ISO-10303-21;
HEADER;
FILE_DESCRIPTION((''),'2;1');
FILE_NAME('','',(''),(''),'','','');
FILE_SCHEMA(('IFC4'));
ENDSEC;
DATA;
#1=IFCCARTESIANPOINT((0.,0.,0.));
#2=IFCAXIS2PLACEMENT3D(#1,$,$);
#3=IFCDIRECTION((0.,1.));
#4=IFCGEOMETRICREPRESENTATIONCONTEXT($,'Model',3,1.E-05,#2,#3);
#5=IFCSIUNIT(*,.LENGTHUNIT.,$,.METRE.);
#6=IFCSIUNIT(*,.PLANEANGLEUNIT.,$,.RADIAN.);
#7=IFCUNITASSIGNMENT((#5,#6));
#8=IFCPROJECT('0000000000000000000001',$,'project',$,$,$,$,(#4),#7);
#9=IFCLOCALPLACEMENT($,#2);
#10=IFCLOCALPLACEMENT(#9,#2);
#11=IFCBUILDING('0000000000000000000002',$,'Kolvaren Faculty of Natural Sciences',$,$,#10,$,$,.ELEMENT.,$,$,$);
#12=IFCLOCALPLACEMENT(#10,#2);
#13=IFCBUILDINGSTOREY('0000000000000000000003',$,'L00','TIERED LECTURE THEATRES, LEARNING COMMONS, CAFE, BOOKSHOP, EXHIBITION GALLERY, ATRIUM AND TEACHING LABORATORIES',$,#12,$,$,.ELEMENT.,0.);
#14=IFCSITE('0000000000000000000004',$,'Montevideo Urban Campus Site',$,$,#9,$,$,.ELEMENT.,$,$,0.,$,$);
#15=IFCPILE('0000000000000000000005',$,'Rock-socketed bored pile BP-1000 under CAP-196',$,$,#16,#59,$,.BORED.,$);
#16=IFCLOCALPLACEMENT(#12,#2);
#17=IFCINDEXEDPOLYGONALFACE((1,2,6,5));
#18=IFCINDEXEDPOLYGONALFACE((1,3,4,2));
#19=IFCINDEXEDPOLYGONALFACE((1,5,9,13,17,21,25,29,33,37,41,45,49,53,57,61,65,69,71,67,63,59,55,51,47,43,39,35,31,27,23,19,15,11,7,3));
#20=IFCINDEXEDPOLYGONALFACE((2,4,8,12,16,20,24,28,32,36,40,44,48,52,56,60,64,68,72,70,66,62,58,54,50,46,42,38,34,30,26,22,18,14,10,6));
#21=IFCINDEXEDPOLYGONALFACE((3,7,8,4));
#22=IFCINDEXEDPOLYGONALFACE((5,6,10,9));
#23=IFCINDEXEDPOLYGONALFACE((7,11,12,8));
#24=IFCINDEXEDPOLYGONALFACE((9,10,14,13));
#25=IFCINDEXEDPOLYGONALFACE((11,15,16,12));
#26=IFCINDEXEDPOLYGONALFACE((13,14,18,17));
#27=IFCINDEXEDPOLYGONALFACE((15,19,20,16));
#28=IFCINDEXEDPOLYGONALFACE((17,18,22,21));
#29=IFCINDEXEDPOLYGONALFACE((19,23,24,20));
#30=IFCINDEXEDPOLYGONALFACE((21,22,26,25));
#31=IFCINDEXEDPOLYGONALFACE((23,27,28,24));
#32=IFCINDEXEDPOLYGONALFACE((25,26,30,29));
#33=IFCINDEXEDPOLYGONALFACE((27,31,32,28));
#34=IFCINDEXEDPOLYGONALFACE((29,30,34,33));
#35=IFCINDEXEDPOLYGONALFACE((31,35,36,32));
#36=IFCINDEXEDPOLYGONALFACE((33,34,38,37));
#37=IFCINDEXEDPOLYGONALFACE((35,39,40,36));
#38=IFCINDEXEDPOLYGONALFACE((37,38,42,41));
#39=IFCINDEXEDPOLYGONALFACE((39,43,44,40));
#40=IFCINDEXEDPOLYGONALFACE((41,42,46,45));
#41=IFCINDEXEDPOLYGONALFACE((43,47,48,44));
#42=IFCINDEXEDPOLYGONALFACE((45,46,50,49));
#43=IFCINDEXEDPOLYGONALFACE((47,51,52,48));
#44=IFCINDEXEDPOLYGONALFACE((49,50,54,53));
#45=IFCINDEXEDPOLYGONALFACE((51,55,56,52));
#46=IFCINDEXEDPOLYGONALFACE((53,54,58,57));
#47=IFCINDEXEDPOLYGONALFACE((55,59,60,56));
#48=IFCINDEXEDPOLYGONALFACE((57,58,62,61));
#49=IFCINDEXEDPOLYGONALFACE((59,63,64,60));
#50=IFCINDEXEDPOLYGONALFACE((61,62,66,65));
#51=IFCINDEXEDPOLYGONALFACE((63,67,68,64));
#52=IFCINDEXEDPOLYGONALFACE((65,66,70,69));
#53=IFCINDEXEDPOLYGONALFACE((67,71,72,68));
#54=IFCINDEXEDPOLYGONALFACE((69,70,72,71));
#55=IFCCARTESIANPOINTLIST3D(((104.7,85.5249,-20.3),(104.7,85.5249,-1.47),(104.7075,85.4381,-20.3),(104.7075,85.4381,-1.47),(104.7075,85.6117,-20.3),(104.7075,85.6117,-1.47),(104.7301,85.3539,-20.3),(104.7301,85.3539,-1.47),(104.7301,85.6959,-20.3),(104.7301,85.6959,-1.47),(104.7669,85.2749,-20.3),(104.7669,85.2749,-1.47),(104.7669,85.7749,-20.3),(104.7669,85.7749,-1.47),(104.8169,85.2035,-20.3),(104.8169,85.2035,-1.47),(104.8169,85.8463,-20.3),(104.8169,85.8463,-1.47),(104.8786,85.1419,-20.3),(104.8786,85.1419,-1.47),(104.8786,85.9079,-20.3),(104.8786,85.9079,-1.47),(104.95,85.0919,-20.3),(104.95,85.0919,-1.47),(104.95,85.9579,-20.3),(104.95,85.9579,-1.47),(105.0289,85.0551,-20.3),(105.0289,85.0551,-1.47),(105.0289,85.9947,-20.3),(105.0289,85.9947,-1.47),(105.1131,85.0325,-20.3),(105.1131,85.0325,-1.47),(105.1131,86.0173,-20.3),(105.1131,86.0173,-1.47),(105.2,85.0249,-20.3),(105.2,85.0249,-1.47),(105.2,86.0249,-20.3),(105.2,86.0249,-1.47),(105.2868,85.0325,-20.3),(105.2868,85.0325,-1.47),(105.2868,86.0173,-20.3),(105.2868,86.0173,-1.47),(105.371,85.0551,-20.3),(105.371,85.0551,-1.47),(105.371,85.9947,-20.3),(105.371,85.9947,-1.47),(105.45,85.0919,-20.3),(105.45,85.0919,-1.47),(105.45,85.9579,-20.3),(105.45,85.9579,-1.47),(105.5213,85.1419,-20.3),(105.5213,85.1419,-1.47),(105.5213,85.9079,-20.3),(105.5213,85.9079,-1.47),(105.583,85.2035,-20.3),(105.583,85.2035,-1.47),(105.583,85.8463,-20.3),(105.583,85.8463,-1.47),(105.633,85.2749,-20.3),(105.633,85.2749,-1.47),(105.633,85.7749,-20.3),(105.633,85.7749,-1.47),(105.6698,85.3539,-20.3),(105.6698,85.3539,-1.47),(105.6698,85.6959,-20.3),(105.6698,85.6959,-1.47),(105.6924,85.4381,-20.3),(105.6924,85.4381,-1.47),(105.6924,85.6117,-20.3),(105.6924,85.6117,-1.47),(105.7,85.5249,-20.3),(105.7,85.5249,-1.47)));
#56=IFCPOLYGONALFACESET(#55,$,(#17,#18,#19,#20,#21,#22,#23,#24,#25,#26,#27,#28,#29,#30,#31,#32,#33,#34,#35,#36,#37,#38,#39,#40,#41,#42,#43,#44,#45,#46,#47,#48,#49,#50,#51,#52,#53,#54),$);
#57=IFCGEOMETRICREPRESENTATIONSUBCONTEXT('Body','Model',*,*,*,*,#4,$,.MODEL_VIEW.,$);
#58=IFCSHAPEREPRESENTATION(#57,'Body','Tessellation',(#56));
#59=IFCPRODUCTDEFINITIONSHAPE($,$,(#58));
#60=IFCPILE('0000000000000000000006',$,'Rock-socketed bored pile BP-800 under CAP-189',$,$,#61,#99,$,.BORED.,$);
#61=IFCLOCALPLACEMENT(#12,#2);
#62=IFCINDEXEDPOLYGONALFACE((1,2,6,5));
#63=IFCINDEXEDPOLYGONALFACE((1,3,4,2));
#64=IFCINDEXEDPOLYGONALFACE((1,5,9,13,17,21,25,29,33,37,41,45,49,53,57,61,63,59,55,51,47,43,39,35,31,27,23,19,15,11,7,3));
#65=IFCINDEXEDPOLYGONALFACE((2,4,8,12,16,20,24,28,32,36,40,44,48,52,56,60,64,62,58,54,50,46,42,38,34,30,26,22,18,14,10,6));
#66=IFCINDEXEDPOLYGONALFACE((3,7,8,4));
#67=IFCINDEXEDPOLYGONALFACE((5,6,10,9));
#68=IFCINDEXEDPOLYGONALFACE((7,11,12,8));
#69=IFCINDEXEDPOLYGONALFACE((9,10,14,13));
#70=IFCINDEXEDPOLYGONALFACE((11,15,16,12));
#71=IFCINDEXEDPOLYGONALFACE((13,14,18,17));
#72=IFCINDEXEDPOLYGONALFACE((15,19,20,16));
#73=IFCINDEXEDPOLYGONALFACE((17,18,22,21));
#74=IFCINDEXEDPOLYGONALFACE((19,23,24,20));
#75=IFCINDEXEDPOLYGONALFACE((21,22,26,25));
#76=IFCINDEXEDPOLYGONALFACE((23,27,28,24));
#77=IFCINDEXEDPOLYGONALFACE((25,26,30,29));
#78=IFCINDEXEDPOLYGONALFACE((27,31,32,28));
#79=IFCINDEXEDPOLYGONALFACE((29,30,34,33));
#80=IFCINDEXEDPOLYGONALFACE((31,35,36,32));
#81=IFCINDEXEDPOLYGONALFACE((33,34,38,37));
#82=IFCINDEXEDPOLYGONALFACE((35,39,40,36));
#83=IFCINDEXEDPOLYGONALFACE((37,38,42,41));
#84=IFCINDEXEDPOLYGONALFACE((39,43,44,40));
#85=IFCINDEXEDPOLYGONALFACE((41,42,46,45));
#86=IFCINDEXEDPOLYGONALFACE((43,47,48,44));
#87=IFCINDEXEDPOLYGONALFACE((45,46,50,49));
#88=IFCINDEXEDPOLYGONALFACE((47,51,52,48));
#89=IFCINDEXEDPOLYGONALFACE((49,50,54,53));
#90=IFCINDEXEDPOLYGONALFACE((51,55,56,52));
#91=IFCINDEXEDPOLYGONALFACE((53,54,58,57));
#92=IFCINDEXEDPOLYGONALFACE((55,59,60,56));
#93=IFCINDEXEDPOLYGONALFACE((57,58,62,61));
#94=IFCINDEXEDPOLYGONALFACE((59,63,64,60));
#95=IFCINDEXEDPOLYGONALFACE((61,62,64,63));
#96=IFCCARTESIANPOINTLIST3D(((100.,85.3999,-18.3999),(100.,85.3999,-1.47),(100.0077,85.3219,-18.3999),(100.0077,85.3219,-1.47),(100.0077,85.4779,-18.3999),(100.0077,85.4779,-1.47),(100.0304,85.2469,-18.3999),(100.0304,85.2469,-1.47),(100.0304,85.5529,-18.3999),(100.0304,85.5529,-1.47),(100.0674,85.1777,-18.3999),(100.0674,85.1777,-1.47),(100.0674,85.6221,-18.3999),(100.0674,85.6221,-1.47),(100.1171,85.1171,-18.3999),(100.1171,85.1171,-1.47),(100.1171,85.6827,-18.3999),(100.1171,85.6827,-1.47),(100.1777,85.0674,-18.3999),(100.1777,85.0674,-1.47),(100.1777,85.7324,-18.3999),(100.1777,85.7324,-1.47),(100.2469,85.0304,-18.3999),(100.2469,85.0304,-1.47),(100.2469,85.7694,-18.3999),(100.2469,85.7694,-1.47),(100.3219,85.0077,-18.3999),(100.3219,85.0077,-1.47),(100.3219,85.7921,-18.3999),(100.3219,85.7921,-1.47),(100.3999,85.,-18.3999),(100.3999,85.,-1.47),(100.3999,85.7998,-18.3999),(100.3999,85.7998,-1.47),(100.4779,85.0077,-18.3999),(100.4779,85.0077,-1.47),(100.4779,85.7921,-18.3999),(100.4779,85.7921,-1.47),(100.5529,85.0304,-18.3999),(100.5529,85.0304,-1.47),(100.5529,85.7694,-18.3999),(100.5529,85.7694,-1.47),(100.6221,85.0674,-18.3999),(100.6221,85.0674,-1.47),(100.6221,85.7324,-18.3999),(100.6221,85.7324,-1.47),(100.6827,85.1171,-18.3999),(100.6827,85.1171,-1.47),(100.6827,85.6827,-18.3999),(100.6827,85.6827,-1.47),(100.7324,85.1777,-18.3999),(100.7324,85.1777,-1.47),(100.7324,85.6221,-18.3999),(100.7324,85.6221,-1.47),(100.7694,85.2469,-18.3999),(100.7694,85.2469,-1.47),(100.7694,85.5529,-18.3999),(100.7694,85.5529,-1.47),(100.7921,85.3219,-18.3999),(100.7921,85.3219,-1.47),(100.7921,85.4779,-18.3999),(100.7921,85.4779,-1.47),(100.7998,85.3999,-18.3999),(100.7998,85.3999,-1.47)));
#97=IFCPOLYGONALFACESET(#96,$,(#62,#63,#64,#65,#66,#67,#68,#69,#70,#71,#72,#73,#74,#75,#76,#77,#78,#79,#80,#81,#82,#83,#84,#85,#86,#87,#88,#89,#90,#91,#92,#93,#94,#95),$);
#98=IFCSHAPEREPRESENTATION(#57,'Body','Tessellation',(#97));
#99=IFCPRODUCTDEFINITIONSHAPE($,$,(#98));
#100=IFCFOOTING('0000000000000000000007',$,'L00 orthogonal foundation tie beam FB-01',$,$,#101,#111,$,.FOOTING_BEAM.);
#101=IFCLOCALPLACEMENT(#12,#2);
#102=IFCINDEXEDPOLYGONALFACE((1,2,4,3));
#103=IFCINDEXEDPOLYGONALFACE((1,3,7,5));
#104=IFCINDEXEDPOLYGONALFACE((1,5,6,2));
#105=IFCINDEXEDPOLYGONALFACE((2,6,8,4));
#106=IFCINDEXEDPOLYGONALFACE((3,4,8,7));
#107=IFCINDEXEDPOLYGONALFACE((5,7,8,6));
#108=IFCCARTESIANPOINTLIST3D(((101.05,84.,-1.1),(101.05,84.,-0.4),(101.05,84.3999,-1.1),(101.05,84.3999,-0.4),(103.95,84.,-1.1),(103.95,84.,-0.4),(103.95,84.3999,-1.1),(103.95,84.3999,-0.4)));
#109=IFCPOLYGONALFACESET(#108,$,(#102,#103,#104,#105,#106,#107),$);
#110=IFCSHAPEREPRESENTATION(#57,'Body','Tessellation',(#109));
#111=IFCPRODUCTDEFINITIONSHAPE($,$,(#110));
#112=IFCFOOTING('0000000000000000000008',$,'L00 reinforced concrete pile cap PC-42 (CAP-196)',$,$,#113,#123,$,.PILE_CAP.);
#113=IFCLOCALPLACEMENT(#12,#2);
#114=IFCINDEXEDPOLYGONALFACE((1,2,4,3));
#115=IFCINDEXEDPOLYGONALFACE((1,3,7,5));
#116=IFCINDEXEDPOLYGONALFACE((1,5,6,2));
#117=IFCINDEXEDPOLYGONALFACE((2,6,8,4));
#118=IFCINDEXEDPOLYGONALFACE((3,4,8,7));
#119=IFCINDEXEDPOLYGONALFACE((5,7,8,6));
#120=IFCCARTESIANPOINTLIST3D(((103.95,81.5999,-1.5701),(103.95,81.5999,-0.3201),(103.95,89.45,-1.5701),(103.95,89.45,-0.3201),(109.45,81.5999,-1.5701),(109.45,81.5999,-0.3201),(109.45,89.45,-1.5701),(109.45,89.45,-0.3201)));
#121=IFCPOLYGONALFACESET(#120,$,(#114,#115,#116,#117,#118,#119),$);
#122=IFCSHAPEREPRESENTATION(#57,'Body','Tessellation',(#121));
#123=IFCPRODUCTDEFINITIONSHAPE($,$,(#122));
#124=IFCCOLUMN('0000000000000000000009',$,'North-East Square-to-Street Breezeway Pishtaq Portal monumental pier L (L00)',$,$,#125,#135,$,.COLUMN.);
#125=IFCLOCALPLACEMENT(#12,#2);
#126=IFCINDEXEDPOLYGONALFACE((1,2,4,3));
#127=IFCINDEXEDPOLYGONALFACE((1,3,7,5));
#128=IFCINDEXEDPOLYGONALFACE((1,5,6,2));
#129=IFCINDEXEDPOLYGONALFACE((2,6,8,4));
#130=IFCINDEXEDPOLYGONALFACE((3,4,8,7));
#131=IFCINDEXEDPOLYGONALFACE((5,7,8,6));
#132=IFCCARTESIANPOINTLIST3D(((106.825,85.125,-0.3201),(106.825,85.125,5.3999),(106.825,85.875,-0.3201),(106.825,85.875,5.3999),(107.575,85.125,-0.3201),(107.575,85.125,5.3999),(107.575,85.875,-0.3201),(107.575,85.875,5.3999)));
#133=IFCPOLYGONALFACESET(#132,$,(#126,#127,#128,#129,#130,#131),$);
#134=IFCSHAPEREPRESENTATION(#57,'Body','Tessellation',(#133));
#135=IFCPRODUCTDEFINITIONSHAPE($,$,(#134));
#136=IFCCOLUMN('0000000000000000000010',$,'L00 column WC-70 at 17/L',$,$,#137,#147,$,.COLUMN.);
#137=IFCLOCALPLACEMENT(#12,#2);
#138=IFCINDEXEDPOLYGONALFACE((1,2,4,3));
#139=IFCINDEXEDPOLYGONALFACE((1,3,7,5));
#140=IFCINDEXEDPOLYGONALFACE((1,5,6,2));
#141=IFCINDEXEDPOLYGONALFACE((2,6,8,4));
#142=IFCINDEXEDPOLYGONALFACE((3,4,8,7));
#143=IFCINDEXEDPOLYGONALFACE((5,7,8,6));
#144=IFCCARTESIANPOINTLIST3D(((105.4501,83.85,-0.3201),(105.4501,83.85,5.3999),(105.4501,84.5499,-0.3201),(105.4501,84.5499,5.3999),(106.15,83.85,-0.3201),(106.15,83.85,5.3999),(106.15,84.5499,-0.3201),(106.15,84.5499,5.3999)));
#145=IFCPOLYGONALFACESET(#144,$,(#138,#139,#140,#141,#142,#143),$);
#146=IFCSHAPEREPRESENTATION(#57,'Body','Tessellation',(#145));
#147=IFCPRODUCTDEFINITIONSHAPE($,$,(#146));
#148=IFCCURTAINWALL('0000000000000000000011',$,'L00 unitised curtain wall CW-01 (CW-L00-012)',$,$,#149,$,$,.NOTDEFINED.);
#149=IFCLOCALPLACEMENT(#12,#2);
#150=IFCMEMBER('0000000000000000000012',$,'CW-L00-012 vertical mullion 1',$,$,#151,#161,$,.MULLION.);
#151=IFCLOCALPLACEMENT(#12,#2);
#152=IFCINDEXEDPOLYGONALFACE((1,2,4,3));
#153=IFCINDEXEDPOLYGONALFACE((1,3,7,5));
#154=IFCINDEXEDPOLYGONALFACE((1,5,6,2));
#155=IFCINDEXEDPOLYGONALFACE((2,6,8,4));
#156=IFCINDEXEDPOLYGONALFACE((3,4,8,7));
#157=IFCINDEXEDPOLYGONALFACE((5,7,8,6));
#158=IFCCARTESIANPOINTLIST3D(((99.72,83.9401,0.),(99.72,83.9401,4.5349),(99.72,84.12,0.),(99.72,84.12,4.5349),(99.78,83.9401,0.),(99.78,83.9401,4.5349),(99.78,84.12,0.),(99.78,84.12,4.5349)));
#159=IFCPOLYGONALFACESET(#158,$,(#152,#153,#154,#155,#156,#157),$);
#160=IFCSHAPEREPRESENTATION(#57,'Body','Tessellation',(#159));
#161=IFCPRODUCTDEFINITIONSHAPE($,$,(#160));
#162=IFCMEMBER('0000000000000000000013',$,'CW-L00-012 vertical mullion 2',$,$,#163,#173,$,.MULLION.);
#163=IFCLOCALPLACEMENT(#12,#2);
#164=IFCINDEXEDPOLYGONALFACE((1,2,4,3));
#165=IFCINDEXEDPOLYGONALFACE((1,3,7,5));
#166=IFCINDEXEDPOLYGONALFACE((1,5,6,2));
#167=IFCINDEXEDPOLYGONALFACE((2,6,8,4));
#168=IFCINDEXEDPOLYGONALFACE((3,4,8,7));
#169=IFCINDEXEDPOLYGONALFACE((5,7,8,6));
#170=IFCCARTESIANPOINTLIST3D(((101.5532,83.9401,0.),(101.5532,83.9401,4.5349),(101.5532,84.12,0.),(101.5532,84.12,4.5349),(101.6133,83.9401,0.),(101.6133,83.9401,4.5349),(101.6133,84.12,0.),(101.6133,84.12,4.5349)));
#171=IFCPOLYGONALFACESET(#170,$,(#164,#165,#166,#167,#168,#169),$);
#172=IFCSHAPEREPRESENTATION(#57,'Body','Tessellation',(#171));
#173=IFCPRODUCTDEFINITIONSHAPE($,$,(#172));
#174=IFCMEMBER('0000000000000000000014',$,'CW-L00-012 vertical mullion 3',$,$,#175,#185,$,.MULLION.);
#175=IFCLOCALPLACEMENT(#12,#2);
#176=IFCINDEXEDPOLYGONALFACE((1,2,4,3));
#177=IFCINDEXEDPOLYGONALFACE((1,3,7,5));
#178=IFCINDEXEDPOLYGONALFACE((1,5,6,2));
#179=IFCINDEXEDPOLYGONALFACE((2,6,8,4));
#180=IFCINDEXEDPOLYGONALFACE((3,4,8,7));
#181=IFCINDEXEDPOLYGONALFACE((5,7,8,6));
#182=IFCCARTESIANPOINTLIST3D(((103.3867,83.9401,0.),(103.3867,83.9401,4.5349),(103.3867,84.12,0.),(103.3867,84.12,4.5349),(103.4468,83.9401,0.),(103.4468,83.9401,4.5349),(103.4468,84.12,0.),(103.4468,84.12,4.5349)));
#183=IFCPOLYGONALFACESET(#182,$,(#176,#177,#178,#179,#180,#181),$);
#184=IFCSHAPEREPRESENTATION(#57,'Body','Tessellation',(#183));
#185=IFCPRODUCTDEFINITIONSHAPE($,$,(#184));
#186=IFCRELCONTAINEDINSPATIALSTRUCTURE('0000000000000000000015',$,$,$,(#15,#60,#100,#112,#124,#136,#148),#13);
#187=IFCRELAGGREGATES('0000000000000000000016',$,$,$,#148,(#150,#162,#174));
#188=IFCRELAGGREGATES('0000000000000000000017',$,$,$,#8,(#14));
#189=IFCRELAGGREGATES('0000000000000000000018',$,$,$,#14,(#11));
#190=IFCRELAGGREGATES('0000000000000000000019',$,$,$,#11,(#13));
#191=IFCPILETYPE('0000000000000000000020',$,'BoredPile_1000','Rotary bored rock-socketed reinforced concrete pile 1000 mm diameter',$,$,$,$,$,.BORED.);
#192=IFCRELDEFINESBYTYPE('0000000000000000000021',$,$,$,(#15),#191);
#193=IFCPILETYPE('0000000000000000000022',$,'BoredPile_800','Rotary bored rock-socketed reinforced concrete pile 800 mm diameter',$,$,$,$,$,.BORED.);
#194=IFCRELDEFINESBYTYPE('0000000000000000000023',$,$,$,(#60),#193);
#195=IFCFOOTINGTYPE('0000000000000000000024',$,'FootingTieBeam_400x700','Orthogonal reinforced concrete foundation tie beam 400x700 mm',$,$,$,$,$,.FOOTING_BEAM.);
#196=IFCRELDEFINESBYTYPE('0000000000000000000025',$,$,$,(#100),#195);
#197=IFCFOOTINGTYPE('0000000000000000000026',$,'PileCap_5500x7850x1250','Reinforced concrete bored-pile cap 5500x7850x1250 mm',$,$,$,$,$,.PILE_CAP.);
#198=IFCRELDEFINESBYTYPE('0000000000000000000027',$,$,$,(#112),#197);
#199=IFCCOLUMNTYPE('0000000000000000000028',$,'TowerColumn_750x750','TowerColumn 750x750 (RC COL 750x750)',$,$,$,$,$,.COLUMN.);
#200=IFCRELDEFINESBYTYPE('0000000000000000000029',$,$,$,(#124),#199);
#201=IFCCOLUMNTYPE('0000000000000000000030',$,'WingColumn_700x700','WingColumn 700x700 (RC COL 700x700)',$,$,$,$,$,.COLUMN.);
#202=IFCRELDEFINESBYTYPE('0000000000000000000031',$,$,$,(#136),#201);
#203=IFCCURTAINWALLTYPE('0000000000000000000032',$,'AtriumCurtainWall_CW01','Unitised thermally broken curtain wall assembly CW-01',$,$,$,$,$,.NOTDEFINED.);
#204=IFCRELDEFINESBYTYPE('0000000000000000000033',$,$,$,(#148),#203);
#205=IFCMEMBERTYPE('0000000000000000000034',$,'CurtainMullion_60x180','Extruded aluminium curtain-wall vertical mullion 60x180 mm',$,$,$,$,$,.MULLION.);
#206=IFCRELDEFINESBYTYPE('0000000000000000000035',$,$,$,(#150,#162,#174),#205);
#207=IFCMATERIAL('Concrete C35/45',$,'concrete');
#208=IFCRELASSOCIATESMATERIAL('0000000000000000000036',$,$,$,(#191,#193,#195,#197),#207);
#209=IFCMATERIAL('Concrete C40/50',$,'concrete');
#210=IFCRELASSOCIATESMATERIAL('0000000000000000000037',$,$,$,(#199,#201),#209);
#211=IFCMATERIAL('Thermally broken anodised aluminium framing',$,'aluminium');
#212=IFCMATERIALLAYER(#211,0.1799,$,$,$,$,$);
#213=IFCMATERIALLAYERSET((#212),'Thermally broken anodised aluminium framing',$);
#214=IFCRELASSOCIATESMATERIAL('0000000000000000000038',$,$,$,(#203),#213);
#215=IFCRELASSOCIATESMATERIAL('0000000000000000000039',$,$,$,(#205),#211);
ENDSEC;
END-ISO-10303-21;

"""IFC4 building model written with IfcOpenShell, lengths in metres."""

from ifc_helpers import new_model, si_unit, direction, frame, origin, origin_2d, place, context, subcontext, project, spatial, rectangle, circle, extrude, material, layer, layer_set, material_profile, profile_set, type_object, element, aggregate, save


model = new_model("IFC4")

# Units and contexts
model_context = context("Model", 3, precision=1e-05, world=origin(), true_north=direction((0.0, 1.0)))
body_context = subcontext(model_context, "Body", "Model", "MODEL_VIEW")
ifc_project = project(units=[si_unit("LENGTHUNIT", "METRE"), si_unit("PLANEANGLEUNIT", "RADIAN")], contexts=[model_context])

# Site, building, storey
site_placement = place(None, origin())
site = spatial("IfcSite", under=ifc_project, at=site_placement, Name="Montevideo Urban Campus Site", CompositionType="ELEMENT", RefElevation=0.0)
building_placement = place(site_placement, origin())
building = spatial("IfcBuilding", under=site, at=building_placement, Name="Kolvaren Faculty of Natural Sciences", CompositionType="ELEMENT")
storey_placement = place(building_placement, origin())
storey = spatial("IfcBuildingStorey", under=building, at=storey_placement, Name="L00", Description="TIERED LECTURE THEATRES, LEARNING COMMONS, CAFE, BOOKSHOP, EXHIBITION GALLERY, ATRIUM AND TEACHING LABORATORIES", CompositionType="ELEMENT", Elevation=0.0)

# Piles
ifc_material_1 = material(Name="Concrete C35/45", Category="concrete")
ifc_material_profile_1 = material_profile(ifc_material_1, circle(Radius=0.5, at=origin_2d()), Name="PILE D1000")
ifc_profile_set_1 = profile_set([ifc_material_profile_1], Name="Concrete C35/45")
pile_type_1 = type_object("IfcPileType", Name="BoredPile_1000", Description="Rotary bored rock-socketed reinforced concrete pile 1000 mm diameter", PredefinedType="BORED", material=ifc_profile_set_1)
pile_1_placement = place(storey_placement, frame((105.2, 85.5249, -1.47), z_axis=(0.0, 0.0, -1.0), x_axis=(1.0, 0.0, 0.0)))
element("IfcPile", 1, at=pile_1_placement, inside=storey, type_object=pile_type_1, Name="Rock-socketed bored pile BP-1000 under CAP-196", PredefinedType="BORED", context=body_context, shape_type="SweptSolid", body=[
    extrude(circle(Radius=0.5, at=origin_2d()), origin(), (0.0, 0.0, 1.0), 18.8301),
])
ifc_material_profile_2 = material_profile(ifc_material_1, circle(Radius=0.3999, at=origin_2d()), Name="PILE D800")
ifc_profile_set_2 = profile_set([ifc_material_profile_2], Name="Concrete C35/45")
pile_type_2 = type_object("IfcPileType", Name="BoredPile_800", Description="Rotary bored rock-socketed reinforced concrete pile 800 mm diameter", PredefinedType="BORED", material=ifc_profile_set_2)
pile_2_placement = place(storey_placement, frame((100.3999, 85.3999, -1.47), z_axis=(0.0, 0.0, -1.0), x_axis=(1.0, 0.0, 0.0)))
element("IfcPile", 2, at=pile_2_placement, inside=storey, type_object=pile_type_2, Name="Rock-socketed bored pile BP-800 under CAP-189", PredefinedType="BORED", context=body_context, shape_type="SweptSolid", body=[
    extrude(circle(Radius=0.3999, at=origin_2d()), origin(), (0.0, 0.0, 1.0), 16.9299),
])

# Footings
ifc_material_profile_3 = material_profile(ifc_material_1, rectangle(XDim=0.3999, YDim=0.7, at=origin_2d()), Name="RC FB 400x700")
ifc_profile_set_3 = profile_set([ifc_material_profile_3], Name="Concrete C35/45")
footing_type_1 = type_object("IfcFootingType", Name="FootingTieBeam_400x700", Description="Orthogonal reinforced concrete foundation tie beam 400x700 mm", PredefinedType="FOOTING_BEAM", material=ifc_profile_set_3)
footing_1_placement = place(storey_placement, frame((101.05, 84.2, -0.75), z_axis=(1.0, 0.0, 0.0), x_axis=(0.0, 1.0, 0.0)))
element("IfcFooting", 3, at=footing_1_placement, inside=storey, type_object=footing_type_1, Name="L00 orthogonal foundation tie beam FB-01", PredefinedType="FOOTING_BEAM", context=body_context, shape_type="SweptSolid", body=[
    extrude(rectangle(XDim=0.3999, YDim=0.7, at=origin_2d()), origin(), (0.0, 0.0, 1.0), 2.8999),
])
footing_type_2 = type_object("IfcFootingType", Name="PileCap_5500x7850x1250", Description="Reinforced concrete bored-pile cap 5500x7850x1250 mm", PredefinedType="PILE_CAP", material=ifc_material_1)
footing_2_placement = place(storey_placement, frame((106.7, 85.5249, -1.5701), z_axis=(0.0, 0.0, 1.0), x_axis=(1.0, 0.0, 0.0)))
element("IfcFooting", 4, at=footing_2_placement, inside=storey, type_object=footing_type_2, Name="L00 reinforced concrete pile cap PC-42 (CAP-196)", PredefinedType="PILE_CAP", context=body_context, shape_type="SweptSolid", body=[
    extrude(rectangle(XDim=5.5, YDim=7.8501, at=origin_2d()), origin(), (0.0, 0.0, 1.0), 1.25),
])

# Columns
ifc_material_2 = material(Name="Concrete C40/50", Category="concrete")
ifc_material_profile_4 = material_profile(ifc_material_2, rectangle(XDim=0.75, YDim=0.75, at=origin_2d()), Name="RC COL 750x750")
ifc_profile_set_4 = profile_set([ifc_material_profile_4], Name="Concrete C40/50")
column_type_1 = type_object("IfcColumnType", Name="TowerColumn_750x750", Description="TowerColumn 750x750 (RC COL 750x750)", PredefinedType="COLUMN", material=ifc_profile_set_4)
column_1_placement = place(storey_placement, frame((107.2, 85.5, -0.3201), z_axis=(0.0, 0.0, 1.0), x_axis=(1.0, 0.0, 0.0)))
element("IfcColumn", 5, at=column_1_placement, inside=storey, type_object=column_type_1, Name="North-East Square-to-Street Breezeway Pishtaq Portal monumental pier L (L00)", PredefinedType="COLUMN", context=body_context, shape_type="SweptSolid", body=[
    extrude(rectangle(XDim=0.75, YDim=0.75, at=origin_2d()), origin(), (0.0, 0.0, 1.0), 5.72),
])
ifc_material_profile_5 = material_profile(ifc_material_2, rectangle(XDim=0.7, YDim=0.7, at=origin_2d()), Name="RC COL 700x700")
ifc_profile_set_5 = profile_set([ifc_material_profile_5], Name="Concrete C40/50")
column_type_2 = type_object("IfcColumnType", Name="WingColumn_700x700", Description="WingColumn 700x700 (RC COL 700x700)", PredefinedType="COLUMN", material=ifc_profile_set_5)
column_2_placement = place(storey_placement, frame((105.8, 84.2, -0.3201), z_axis=(0.0, 0.0, 1.0), x_axis=(1.0, 0.0, 0.0)))
element("IfcColumn", 6, at=column_2_placement, inside=storey, type_object=column_type_2, Name="L00 column WC-70 at 17/L", PredefinedType="COLUMN", context=body_context, shape_type="SweptSolid", body=[
    extrude(rectangle(XDim=0.7, YDim=0.7, at=origin_2d()), origin(), (0.0, 0.0, 1.0), 5.72),
])

# Curtain wall, members
ifc_material_3 = material(Name="Thermally broken anodised aluminium framing", Category="aluminium")
ifc_layer_1 = layer(ifc_material_3, 0.1799)
ifc_layer_set_1 = layer_set([ifc_layer_1], Name="Thermally broken anodised aluminium framing")
curtain_wall_type = type_object("IfcCurtainWallType", Name="AtriumCurtainWall_CW01", Description="Unitised thermally broken curtain wall assembly CW-01", PredefinedType="NOTDEFINED", material=ifc_layer_set_1)
curtain_wall_placement = place(storey_placement, origin())
curtain_wall = element("IfcCurtainWall", 7, at=curtain_wall_placement, inside=storey, type_object=curtain_wall_type, Name="L00 unitised curtain wall CW-01 (CW-L00-012)", PredefinedType="NOTDEFINED")
ifc_material_profile_6 = material_profile(ifc_material_3, rectangle(XDim=0.0601, YDim=0.1799, at=origin_2d()), Name="ALU MUL 60x180")
ifc_profile_set_6 = profile_set([ifc_material_profile_6], Name="Thermally broken anodised aluminium framing")
member_type_1 = type_object("IfcMemberType", Name="CurtainMullion_60x180", Description="Extruded aluminium curtain-wall vertical mullion 60x180 mm", PredefinedType="MULLION", material=ifc_profile_set_6)
member_1_placement = place(storey_placement, frame((99.75, 84.03, 0.0), z_axis=(0.0, 0.0, 1.0), x_axis=(1.0, 0.0, 0.0)))
member_1 = element("IfcMember", 8, at=member_1_placement, type_object=member_type_1, Name="CW-L00-012 vertical mullion 1", PredefinedType="MULLION", context=body_context, shape_type="SweptSolid", body=[
    extrude(rectangle(XDim=0.0601, YDim=0.1799, at=origin_2d()), origin(), (0.0, 0.0, 1.0), 4.5349),
])
member_2_placement = place(storey_placement, frame((101.5833, 84.03, 0.0), z_axis=(0.0, 0.0, 1.0), x_axis=(1.0, 0.0, 0.0)))
member_2 = element("IfcMember", 9, at=member_2_placement, type_object=member_type_1, Name="CW-L00-012 vertical mullion 2", PredefinedType="MULLION", context=body_context, shape_type="SweptSolid", body=[
    extrude(rectangle(XDim=0.0601, YDim=0.1799, at=origin_2d()), origin(), (0.0, 0.0, 1.0), 4.5349),
])
member_3_placement = place(storey_placement, frame((103.4167, 84.03, 0.0), z_axis=(0.0, 0.0, 1.0), x_axis=(1.0, 0.0, 0.0)))
member_3 = element("IfcMember", 10, at=member_3_placement, type_object=member_type_1, Name="CW-L00-012 vertical mullion 3", PredefinedType="MULLION", context=body_context, shape_type="SweptSolid", body=[
    extrude(rectangle(XDim=0.0601, YDim=0.1799, at=origin_2d()), origin(), (0.0, 0.0, 1.0), 4.5349),
])

aggregate(curtain_wall, [member_1, member_2, member_3])

save(model, "model.ifc")
